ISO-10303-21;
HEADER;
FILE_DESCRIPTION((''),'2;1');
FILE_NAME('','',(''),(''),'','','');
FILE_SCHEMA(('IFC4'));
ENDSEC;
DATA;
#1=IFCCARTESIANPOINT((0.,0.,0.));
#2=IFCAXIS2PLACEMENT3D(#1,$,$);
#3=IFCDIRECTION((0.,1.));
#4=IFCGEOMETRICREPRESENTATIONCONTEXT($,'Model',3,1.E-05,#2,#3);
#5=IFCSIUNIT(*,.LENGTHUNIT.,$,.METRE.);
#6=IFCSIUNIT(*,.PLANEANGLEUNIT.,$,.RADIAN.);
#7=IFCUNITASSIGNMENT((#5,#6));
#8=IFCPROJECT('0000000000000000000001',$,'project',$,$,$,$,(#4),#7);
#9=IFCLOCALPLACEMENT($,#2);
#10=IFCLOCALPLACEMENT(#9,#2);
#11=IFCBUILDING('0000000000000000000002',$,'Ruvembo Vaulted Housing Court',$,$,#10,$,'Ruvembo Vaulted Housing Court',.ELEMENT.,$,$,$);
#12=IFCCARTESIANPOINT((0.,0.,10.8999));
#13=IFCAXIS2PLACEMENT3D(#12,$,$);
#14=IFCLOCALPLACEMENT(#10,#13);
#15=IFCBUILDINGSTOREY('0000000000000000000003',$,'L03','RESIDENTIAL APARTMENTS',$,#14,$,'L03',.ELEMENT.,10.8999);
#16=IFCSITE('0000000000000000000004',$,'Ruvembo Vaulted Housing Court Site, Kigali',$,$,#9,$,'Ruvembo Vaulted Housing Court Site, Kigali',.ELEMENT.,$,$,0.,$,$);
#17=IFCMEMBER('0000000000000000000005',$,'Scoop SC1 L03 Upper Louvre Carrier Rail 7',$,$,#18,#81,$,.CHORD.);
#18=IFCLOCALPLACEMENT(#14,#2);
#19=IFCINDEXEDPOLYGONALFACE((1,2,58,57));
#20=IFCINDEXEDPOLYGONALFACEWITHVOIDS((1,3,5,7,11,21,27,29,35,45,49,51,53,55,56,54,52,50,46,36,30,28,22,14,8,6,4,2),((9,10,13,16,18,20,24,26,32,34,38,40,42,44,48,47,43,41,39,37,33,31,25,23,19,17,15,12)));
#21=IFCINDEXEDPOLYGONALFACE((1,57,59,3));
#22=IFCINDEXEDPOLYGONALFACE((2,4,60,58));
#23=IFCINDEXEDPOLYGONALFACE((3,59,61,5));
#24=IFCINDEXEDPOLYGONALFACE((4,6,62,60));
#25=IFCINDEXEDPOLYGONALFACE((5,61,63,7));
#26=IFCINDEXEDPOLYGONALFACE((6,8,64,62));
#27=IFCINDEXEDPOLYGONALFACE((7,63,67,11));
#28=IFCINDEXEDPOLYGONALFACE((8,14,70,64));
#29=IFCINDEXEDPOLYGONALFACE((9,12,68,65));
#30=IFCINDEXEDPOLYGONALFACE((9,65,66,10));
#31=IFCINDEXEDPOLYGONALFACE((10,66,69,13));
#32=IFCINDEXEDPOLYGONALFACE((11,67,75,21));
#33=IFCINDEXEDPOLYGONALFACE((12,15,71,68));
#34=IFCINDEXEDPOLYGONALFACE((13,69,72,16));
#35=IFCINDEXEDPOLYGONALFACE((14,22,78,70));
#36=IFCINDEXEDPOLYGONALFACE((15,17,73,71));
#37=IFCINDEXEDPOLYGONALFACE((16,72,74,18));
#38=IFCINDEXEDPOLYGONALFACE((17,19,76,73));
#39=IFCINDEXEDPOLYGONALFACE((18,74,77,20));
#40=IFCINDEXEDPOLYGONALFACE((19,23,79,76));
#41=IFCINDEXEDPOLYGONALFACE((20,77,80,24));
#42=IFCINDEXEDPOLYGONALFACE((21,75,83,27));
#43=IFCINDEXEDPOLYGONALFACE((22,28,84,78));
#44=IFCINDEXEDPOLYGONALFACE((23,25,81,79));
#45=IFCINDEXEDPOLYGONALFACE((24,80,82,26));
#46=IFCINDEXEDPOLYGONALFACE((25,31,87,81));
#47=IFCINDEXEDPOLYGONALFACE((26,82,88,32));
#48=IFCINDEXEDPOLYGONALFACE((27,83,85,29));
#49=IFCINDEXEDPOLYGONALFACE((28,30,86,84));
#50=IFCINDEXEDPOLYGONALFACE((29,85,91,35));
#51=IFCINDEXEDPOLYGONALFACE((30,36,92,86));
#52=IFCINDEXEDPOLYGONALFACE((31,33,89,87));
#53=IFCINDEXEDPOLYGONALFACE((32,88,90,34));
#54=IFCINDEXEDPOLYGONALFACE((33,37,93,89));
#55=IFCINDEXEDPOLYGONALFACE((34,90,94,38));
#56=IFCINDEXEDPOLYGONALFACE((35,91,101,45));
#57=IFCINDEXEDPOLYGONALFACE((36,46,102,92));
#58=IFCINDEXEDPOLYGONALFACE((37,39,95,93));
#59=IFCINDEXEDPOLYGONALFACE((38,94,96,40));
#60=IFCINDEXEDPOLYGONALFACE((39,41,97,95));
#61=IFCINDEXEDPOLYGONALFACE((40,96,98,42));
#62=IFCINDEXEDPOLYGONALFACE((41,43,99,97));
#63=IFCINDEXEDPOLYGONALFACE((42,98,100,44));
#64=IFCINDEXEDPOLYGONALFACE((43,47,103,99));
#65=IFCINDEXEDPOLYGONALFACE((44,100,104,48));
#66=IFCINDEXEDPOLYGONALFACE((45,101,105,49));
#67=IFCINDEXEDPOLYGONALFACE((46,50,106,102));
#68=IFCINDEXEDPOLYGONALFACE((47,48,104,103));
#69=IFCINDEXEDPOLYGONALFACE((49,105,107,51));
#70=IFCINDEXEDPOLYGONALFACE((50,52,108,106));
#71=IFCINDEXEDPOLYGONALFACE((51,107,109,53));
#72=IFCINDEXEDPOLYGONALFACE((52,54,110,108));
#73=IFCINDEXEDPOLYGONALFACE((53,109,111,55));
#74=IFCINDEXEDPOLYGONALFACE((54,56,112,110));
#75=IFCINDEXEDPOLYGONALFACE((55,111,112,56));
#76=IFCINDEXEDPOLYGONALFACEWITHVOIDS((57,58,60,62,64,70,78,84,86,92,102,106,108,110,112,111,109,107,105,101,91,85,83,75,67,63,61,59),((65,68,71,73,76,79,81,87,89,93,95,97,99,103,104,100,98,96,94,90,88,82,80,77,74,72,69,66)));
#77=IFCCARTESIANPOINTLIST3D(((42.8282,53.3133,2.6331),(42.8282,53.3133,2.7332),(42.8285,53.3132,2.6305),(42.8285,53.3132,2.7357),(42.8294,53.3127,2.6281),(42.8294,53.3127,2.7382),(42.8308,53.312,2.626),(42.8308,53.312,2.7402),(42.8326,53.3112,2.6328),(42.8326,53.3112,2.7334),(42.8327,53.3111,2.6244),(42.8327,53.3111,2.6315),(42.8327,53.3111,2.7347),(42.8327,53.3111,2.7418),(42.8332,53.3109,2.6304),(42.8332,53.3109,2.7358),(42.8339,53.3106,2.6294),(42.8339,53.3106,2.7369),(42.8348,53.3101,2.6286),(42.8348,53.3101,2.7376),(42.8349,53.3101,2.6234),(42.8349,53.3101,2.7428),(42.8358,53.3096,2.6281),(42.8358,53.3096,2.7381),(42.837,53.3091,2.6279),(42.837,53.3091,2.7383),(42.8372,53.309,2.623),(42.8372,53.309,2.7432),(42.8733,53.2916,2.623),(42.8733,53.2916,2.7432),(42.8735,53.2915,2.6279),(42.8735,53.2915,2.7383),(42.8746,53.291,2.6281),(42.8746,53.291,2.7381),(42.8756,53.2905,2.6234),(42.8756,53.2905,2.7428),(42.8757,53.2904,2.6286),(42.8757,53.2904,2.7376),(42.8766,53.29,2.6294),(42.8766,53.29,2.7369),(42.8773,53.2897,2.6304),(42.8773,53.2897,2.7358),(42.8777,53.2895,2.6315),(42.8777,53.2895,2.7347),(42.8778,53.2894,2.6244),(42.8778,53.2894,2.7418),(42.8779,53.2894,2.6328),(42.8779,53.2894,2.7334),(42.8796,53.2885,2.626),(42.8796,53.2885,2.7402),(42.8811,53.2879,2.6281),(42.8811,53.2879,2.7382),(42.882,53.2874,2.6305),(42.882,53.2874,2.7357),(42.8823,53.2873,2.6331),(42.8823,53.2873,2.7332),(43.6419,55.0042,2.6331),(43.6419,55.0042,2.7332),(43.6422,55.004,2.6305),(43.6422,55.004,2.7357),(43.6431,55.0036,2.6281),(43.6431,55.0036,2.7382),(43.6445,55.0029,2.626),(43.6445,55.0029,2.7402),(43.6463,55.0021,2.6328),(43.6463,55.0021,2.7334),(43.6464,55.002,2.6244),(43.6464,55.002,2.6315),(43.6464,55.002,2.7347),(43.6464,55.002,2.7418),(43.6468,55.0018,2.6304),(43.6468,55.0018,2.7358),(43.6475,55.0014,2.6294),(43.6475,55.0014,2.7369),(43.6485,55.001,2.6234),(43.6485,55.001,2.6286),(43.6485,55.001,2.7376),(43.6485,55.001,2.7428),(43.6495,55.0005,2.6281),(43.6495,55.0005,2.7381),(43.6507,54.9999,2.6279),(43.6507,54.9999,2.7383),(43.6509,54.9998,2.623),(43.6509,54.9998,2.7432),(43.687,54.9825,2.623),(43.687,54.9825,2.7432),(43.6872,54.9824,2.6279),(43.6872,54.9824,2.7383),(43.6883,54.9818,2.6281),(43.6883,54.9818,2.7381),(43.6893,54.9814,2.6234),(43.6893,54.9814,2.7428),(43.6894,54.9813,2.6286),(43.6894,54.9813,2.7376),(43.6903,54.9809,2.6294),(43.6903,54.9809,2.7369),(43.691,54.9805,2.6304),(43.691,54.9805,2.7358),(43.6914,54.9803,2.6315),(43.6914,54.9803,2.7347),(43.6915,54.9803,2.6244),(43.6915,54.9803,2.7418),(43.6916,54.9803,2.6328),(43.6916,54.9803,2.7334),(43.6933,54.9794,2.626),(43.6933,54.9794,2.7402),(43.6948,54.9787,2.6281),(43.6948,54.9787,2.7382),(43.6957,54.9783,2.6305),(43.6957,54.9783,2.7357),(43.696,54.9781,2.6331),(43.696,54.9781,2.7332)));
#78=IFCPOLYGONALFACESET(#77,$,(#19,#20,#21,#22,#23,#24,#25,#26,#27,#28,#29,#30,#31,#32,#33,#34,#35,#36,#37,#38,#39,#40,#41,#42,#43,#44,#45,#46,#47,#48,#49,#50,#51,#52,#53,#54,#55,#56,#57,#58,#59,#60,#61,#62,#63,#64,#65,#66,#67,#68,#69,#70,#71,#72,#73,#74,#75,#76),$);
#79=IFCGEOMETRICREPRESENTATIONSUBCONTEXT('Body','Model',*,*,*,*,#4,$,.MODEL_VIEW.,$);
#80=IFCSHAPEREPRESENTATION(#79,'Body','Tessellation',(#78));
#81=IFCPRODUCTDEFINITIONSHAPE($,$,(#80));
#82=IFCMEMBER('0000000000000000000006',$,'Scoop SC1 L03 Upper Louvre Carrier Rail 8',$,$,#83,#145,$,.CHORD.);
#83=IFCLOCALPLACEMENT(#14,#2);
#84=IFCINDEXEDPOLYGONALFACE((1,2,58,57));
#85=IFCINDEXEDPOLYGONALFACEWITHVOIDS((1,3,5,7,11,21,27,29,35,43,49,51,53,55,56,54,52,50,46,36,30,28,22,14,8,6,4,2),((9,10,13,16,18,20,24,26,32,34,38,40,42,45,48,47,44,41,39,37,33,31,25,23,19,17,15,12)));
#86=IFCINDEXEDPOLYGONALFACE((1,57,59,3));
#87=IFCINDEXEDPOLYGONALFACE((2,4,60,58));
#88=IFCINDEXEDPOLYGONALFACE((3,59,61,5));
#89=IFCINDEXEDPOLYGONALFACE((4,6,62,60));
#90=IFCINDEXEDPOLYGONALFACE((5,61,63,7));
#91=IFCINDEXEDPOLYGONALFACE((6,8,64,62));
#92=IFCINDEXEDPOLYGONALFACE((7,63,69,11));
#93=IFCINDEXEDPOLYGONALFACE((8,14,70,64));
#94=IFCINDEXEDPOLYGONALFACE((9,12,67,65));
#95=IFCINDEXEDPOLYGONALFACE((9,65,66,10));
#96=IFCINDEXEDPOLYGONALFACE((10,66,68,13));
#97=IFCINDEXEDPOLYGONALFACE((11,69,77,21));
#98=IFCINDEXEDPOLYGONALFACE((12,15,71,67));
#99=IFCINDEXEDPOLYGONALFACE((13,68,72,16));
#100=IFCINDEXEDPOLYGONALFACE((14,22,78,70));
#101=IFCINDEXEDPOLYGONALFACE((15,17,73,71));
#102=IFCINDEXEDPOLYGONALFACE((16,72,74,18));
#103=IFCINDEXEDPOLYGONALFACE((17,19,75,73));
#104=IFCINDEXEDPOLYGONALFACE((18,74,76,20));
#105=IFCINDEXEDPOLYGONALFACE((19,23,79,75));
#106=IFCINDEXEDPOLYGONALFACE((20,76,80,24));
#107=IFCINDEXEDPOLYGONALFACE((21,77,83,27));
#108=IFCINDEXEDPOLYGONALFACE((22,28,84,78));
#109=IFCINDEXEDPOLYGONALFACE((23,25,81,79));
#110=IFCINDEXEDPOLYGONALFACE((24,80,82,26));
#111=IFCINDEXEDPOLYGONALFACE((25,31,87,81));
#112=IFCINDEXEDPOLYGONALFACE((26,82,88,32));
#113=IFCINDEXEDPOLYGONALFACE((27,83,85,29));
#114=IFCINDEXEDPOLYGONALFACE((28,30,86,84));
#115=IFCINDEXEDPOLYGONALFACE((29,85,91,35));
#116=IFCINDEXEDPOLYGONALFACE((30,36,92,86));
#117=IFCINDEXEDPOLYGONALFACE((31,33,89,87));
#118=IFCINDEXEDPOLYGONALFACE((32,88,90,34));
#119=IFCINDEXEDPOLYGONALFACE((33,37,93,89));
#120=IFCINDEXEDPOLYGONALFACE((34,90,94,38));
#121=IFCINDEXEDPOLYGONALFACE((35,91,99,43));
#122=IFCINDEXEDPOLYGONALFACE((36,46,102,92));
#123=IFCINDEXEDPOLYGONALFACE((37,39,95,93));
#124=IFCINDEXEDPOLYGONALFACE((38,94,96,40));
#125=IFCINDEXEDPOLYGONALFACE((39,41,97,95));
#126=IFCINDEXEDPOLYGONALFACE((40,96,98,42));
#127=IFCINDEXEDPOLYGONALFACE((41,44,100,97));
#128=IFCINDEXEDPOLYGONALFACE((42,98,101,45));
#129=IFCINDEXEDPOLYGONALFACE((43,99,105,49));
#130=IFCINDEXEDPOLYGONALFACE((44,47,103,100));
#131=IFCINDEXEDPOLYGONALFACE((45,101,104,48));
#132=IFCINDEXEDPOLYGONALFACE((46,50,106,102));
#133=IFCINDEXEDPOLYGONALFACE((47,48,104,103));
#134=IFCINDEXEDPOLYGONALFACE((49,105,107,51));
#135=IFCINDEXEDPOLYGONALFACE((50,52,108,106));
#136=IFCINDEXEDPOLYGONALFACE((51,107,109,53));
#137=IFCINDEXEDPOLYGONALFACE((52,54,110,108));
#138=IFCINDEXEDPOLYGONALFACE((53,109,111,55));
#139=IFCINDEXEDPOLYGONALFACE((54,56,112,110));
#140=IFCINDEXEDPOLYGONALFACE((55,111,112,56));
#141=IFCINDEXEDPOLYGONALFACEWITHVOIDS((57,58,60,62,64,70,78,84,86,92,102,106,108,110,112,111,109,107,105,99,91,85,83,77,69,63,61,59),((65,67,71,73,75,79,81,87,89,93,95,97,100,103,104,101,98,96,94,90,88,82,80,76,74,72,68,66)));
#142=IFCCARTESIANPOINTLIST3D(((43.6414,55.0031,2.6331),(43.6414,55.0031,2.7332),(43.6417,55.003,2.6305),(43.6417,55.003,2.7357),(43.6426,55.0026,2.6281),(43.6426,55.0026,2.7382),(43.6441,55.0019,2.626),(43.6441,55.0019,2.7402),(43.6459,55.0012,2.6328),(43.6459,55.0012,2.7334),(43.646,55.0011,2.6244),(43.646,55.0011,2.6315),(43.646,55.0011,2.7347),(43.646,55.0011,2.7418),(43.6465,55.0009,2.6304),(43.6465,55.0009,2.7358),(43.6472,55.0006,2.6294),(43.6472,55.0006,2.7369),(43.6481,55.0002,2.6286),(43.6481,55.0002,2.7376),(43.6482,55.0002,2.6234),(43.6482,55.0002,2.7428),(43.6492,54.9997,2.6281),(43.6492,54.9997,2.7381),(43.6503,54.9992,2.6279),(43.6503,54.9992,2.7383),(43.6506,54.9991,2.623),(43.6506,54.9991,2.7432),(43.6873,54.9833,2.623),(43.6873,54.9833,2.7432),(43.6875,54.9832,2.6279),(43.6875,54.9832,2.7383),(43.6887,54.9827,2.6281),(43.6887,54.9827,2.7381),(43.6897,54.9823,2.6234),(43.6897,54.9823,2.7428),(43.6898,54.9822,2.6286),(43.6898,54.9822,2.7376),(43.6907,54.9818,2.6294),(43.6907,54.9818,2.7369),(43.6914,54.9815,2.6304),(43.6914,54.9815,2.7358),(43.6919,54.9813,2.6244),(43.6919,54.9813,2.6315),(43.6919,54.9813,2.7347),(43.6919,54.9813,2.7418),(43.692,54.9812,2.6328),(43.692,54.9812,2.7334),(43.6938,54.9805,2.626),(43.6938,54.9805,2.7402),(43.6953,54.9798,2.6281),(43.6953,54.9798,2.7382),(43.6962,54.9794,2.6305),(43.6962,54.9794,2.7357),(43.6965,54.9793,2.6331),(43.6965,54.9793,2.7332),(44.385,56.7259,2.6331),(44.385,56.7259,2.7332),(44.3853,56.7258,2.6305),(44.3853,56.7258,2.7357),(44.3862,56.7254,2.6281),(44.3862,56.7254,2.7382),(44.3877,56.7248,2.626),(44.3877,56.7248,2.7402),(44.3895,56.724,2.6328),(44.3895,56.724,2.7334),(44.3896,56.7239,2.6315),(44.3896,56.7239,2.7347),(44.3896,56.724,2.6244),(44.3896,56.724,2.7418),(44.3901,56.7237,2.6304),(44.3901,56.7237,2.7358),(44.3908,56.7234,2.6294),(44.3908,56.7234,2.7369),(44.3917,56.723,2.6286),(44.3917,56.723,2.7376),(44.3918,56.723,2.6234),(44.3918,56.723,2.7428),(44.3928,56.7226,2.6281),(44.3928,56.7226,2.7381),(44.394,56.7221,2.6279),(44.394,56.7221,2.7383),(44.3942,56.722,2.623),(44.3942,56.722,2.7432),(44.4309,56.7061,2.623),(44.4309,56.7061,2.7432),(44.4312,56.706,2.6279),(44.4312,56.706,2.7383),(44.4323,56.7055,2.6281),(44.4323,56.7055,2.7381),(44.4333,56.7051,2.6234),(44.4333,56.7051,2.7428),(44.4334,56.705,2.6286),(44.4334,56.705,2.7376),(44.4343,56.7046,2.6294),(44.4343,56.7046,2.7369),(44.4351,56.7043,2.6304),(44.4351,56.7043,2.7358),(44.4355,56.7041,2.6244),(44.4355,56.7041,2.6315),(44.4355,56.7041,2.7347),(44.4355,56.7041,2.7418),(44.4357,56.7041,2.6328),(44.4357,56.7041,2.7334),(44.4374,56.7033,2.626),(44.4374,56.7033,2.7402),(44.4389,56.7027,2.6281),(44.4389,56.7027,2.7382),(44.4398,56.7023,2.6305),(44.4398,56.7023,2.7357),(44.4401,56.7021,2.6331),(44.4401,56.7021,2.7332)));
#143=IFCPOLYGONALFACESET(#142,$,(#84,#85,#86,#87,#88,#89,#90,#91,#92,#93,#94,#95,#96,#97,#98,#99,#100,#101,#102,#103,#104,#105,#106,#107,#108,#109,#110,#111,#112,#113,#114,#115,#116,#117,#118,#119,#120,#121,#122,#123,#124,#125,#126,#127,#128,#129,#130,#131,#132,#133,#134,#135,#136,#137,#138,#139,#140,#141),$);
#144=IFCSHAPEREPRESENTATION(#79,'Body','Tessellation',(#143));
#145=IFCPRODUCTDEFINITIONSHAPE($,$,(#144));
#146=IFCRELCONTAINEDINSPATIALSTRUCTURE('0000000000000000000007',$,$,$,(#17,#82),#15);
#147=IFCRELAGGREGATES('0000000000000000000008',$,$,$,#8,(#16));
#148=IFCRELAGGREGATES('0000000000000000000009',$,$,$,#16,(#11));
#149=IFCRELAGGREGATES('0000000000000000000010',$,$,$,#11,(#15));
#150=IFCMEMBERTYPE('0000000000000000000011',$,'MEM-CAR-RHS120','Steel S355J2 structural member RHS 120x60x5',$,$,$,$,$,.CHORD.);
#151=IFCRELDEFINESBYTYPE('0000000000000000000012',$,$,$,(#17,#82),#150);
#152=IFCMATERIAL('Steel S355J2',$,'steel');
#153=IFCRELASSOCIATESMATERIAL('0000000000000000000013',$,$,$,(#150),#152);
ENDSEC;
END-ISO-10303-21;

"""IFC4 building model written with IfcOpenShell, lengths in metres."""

from ifc_helpers import new_model, si_unit, direction, frame, origin, origin_2d, place, context, subcontext, project, spatial, hollow_rectangle, extrude, material, material_profile, profile_set, type_object, element, save


model = new_model("IFC4")

# Units and contexts
model_context = context("Model", 3, precision=1e-05, world=origin(), true_north=direction((0.0, 1.0)))
body_context = subcontext(model_context, "Body", "Model", "MODEL_VIEW")
ifc_project = project(units=[si_unit("LENGTHUNIT", "METRE"), si_unit("PLANEANGLEUNIT", "RADIAN")], contexts=[model_context])

# Site, building, storey
site_placement = place(None, origin())
site = spatial("IfcSite", under=ifc_project, at=site_placement, Name="Ruvembo Vaulted Housing Court Site, Kigali", LongName="Ruvembo Vaulted Housing Court Site, Kigali", CompositionType="ELEMENT", RefElevation=0.0)
building_placement = place(site_placement, origin())
building = spatial("IfcBuilding", under=site, at=building_placement, Name="Ruvembo Vaulted Housing Court", LongName="Ruvembo Vaulted Housing Court", CompositionType="ELEMENT")
storey_placement = place(building_placement, frame((0.0, 0.0, 10.8999)))
storey = spatial("IfcBuildingStorey", under=building, at=storey_placement, Name="L03", Description="RESIDENTIAL APARTMENTS", LongName="L03", CompositionType="ELEMENT", Elevation=10.8999)

# Shared definitions
ifc_material_1 = material(Name="Steel S355J2", Category="steel")

# Members
ifc_material_profile_1 = material_profile(ifc_material_1, hollow_rectangle(XDim=0.0601, YDim=0.1201, WallThickness=0.0049, InnerFilletRadius=0.0049, OuterFilletRadius=0.01, at=origin_2d()), Name="RHS 120x60x5")
ifc_profile_set_1 = profile_set([ifc_material_profile_1], Name="Steel S355J2")
member_type_1 = type_object("IfcMemberType", Name="MEM-CAR-RHS120", Description="Steel S355J2 structural member RHS 120x60x5", PredefinedType="CHORD", material=ifc_profile_set_1)
for number, where, z_axis, x_axis, name in (
    (1, (42.8552, 53.3003, 2.6831), (0.433632, 0.90109, 0.0), (-0.90109, 0.433632, 0.0), "Scoop SC1 L03 Upper Louvre Carrier Rail 7"),
    (2, (43.6689, 54.9912, 2.6831), (0.396289, 0.918126, 0.0), (-0.918126, 0.396289, 0.0), "Scoop SC1 L03 Upper Louvre Carrier Rail 8"),
):
    element("IfcMember", number, at=place(storey_placement, frame(where, z_axis=z_axis, x_axis=x_axis)), inside=storey, type_object=member_type_1, Name=name, PredefinedType="CHORD", context=body_context, shape_type="SweptSolid", body=[
        extrude(hollow_rectangle(XDim=0.0601, YDim=0.1201, WallThickness=0.0049, InnerFilletRadius=0.0049, OuterFilletRadius=0.01, at=origin_2d()), origin(), (0.0, 0.0, 1.0), 1.8765),
    ])

save(model, "model.ifc")
